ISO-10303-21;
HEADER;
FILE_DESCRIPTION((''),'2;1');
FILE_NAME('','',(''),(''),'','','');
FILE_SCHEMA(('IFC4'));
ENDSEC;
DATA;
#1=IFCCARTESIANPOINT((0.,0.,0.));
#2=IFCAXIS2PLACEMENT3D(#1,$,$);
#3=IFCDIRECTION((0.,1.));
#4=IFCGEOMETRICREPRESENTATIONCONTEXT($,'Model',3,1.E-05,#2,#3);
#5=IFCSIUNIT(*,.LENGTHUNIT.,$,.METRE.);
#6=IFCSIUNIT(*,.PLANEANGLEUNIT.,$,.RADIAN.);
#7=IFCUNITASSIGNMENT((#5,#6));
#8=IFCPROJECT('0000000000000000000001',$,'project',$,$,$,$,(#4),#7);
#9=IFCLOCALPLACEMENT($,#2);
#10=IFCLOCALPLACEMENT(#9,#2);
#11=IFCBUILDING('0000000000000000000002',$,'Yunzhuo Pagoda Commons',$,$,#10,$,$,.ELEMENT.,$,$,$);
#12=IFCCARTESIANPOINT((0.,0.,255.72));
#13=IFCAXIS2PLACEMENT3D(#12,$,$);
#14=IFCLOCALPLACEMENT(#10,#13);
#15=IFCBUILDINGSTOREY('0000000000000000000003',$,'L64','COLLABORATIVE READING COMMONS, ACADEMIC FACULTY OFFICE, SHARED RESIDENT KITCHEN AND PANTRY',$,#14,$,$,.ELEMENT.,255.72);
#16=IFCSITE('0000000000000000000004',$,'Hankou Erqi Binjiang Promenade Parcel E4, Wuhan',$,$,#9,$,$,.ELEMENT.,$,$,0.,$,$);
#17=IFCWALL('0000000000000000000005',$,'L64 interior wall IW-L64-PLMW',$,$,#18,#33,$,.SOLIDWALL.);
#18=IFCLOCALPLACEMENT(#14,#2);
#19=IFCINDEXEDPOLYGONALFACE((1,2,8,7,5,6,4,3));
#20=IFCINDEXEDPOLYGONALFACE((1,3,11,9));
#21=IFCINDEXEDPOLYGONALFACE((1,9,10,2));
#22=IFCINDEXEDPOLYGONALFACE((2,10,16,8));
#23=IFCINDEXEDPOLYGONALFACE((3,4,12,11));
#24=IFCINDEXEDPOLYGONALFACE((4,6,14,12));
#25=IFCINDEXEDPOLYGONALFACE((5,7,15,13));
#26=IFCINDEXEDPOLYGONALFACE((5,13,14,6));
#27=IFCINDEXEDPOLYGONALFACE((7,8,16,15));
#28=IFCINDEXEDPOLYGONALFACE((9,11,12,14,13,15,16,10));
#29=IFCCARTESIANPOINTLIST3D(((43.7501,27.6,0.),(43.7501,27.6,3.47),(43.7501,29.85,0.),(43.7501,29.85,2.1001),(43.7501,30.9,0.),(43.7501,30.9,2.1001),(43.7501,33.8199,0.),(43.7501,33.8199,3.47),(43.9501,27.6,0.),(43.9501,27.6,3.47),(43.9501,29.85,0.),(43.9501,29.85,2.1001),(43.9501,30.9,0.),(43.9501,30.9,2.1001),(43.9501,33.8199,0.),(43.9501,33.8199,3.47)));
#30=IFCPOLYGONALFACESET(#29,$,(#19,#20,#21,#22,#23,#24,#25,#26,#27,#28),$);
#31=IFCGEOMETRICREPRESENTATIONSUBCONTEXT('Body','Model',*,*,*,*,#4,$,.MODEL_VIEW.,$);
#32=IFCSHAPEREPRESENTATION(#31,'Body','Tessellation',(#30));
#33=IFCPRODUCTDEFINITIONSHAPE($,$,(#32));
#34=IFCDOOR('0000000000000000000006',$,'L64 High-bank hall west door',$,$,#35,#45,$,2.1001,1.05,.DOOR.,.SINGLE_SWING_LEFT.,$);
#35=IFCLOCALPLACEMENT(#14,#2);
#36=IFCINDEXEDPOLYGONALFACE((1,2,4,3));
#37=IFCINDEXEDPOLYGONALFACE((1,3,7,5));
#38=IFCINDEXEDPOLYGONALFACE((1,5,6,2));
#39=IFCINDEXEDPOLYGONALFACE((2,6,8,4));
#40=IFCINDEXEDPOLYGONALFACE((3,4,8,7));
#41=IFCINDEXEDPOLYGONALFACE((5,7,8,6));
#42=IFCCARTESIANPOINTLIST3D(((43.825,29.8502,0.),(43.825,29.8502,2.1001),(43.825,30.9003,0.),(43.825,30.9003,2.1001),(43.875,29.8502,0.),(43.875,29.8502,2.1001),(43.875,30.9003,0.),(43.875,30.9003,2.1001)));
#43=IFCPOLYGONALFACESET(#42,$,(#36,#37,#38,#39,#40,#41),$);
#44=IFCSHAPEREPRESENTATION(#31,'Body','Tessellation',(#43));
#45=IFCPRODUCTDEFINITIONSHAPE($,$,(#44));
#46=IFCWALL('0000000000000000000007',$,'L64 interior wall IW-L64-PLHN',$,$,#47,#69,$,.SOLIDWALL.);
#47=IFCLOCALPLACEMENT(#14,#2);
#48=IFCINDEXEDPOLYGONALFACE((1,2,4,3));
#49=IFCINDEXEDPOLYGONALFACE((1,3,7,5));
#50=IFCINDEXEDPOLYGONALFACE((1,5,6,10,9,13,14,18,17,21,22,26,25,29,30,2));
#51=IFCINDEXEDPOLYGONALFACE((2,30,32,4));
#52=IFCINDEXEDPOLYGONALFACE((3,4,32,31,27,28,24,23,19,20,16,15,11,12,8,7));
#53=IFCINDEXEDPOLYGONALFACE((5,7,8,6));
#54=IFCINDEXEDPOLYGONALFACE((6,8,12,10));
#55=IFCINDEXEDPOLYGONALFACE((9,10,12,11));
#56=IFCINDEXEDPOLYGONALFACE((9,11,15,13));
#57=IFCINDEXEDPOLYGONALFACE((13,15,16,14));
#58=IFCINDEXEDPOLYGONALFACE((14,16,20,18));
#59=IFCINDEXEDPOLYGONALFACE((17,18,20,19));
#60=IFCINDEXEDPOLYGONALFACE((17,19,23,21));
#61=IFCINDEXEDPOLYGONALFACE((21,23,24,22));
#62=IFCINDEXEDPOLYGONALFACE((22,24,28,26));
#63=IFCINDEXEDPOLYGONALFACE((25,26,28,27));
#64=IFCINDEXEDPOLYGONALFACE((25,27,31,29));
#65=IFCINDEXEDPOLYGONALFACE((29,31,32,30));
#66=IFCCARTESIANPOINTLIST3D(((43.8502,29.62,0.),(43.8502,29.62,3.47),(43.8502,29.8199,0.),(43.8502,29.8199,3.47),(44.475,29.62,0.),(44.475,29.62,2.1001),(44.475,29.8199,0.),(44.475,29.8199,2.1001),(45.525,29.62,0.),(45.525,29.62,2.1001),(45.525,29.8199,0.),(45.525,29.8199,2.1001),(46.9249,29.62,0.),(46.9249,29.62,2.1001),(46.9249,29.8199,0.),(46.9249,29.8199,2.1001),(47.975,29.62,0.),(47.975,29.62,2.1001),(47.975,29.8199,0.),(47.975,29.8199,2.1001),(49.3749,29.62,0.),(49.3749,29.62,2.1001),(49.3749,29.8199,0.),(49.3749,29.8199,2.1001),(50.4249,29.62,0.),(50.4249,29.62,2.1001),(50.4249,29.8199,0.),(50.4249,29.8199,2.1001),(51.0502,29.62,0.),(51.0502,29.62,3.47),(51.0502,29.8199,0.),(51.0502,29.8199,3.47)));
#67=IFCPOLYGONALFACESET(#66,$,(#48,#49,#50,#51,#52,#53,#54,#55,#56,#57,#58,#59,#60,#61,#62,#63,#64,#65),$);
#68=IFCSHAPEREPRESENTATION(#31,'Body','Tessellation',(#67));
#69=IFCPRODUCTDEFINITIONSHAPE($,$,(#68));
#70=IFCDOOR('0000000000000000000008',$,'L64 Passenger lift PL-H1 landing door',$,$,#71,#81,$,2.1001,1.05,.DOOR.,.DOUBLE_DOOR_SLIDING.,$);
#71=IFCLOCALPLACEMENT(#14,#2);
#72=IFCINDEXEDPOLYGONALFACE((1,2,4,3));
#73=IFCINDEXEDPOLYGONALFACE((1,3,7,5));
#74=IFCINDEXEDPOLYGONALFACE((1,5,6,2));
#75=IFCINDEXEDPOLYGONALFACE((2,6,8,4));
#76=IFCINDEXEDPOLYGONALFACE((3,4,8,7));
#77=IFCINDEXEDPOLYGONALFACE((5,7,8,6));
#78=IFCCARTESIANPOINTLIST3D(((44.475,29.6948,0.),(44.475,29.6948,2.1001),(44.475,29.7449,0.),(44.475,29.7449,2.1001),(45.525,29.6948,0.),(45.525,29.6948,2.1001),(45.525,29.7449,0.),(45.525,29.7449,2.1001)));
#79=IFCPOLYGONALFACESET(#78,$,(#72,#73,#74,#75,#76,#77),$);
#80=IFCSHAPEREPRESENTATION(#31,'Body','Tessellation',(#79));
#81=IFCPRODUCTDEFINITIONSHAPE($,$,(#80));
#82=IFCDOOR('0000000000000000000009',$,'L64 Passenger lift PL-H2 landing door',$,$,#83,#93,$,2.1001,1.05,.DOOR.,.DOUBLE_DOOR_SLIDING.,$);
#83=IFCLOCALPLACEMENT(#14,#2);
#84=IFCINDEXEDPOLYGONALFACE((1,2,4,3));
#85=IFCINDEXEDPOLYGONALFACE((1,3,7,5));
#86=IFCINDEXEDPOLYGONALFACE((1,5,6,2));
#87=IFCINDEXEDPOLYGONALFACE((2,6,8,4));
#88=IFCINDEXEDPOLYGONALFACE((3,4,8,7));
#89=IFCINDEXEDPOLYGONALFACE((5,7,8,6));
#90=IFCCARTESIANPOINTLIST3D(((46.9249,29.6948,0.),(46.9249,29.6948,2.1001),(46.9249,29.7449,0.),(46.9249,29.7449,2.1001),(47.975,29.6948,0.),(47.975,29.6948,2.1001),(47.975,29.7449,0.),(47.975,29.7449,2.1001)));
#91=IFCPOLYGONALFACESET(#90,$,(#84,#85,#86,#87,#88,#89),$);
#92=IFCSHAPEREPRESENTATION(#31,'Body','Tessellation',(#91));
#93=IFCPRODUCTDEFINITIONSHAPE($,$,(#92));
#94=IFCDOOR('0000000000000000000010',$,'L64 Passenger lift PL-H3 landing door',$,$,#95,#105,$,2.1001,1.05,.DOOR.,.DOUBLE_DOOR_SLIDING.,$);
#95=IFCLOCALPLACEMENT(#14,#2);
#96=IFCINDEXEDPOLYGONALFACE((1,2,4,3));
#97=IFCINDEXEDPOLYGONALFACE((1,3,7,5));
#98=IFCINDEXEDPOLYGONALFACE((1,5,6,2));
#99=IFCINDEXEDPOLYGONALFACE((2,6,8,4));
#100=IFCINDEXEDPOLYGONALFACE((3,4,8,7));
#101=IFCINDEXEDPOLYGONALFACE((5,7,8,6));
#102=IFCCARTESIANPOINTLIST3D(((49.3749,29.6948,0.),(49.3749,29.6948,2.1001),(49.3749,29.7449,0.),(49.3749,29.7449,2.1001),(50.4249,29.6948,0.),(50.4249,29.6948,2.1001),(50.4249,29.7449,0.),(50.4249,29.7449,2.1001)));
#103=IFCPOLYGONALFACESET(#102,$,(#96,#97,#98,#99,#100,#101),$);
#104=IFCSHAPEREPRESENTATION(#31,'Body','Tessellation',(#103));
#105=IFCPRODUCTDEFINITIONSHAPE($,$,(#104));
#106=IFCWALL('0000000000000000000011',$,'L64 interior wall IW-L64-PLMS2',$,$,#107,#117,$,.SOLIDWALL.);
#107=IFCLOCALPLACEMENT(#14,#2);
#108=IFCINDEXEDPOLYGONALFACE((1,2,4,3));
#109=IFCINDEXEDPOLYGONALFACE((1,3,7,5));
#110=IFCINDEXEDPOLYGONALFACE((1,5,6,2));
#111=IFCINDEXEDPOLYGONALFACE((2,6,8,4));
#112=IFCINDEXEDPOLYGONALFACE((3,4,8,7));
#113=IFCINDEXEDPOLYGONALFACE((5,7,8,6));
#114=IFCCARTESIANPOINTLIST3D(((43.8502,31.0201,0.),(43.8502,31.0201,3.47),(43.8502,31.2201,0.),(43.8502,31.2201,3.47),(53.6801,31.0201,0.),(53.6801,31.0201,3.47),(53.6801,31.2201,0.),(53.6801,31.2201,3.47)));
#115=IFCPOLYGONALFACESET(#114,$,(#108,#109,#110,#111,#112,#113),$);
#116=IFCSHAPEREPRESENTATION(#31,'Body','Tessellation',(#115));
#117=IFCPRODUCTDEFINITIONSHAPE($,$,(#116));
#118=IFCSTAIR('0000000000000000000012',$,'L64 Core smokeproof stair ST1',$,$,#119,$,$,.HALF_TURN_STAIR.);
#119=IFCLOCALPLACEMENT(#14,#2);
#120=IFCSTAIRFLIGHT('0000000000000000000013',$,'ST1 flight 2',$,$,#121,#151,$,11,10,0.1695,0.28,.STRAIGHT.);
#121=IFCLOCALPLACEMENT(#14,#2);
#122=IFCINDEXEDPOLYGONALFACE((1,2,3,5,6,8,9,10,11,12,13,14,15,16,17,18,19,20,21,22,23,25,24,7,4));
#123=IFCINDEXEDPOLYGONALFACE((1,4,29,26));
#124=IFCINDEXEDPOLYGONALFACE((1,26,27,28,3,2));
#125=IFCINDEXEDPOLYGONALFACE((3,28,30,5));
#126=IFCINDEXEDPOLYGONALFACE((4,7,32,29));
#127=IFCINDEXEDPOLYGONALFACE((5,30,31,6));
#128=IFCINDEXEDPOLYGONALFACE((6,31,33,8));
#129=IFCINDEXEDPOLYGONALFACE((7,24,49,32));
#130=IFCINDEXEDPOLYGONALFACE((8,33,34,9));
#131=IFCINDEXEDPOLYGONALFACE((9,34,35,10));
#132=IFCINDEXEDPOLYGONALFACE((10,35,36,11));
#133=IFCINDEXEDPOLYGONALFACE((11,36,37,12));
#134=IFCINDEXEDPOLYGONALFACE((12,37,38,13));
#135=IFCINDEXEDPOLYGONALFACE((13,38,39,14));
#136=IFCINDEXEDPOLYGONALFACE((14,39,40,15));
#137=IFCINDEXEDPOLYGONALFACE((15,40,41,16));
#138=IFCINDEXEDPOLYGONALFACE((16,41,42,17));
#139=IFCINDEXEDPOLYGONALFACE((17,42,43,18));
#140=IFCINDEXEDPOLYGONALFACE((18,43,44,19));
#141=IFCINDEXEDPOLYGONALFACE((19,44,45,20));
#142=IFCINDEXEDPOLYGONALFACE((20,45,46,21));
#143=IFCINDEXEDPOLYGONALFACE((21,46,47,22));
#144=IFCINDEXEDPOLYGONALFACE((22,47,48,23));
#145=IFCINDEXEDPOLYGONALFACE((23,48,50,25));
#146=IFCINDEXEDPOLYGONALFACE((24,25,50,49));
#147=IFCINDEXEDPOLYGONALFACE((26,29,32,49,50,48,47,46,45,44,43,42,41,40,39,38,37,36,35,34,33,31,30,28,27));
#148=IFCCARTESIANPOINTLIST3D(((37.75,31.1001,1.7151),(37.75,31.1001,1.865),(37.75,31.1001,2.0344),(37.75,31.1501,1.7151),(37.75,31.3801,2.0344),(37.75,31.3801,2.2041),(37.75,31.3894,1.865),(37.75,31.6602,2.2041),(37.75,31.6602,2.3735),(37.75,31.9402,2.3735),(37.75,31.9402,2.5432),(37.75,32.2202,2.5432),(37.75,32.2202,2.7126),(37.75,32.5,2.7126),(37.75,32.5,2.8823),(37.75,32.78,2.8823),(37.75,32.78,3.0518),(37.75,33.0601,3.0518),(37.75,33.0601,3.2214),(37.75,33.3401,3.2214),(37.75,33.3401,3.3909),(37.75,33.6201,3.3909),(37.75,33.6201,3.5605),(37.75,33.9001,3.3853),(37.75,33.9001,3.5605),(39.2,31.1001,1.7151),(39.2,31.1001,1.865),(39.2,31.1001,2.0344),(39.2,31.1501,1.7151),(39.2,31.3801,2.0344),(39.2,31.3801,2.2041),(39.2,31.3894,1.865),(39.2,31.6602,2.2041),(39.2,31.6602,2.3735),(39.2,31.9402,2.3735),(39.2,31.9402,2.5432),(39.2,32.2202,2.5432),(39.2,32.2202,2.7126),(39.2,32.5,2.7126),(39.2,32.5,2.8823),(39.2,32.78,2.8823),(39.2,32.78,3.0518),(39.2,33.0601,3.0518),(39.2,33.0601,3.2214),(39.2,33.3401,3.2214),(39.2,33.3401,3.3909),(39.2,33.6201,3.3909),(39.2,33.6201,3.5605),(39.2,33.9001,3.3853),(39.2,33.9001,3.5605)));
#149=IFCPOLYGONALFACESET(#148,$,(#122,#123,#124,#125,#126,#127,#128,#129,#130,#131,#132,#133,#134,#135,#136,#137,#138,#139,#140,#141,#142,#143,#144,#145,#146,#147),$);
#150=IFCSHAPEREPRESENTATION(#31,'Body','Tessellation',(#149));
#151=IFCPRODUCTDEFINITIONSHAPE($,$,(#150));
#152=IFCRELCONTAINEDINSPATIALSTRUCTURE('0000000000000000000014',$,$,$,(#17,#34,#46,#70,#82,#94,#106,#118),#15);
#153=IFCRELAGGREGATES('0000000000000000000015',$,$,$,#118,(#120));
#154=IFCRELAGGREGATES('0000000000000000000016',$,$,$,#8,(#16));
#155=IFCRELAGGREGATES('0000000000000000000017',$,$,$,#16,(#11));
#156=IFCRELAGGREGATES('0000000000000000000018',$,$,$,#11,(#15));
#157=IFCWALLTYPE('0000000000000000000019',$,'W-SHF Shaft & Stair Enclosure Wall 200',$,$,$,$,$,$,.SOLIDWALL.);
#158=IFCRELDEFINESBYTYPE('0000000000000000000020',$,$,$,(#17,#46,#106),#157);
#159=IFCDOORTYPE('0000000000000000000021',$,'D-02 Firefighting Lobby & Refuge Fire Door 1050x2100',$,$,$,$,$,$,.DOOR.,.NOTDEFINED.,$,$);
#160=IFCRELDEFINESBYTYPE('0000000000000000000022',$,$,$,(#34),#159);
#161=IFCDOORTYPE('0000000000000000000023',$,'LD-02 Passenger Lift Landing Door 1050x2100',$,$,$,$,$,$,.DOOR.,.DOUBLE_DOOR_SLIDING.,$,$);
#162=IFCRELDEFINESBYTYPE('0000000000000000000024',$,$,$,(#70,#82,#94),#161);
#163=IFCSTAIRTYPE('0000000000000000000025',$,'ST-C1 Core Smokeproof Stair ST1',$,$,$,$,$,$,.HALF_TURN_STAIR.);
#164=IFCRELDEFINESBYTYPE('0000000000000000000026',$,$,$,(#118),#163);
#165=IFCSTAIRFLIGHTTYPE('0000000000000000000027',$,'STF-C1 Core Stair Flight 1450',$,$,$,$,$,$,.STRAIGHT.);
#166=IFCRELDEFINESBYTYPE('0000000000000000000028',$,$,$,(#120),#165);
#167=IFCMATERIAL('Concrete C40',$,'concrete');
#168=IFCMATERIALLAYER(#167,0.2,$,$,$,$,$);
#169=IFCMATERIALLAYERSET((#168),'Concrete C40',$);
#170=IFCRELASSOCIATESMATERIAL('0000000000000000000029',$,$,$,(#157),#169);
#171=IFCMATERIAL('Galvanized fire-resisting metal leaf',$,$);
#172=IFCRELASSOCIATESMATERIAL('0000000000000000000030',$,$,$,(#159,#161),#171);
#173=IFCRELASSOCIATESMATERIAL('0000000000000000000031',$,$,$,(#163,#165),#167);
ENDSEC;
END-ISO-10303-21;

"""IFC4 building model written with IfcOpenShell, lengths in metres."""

from ifc_helpers import new_model, si_unit, direction, frame, frame_2d, origin, origin_with_axes, place, context, subcontext, project, spatial, polyline, rectangle, outline, extrude, source, transform, mapped, material, layer, layer_set, type_object, element, fill, aggregate, save


model = new_model("IFC4")

# Units and contexts
model_context = context("Model", 3, precision=1e-05, world=origin(), true_north=direction((0.0, 1.0)))
body_context = subcontext(model_context, "Body", "Model", "MODEL_VIEW")
ifc_project = project(units=[si_unit("LENGTHUNIT", "METRE"), si_unit("PLANEANGLEUNIT", "RADIAN")], contexts=[model_context])

# Site, building, storey
site_placement = place(None, origin())
site = spatial("IfcSite", under=ifc_project, at=site_placement, Name="Hankou Erqi Binjiang Promenade Parcel E4, Wuhan", CompositionType="ELEMENT", RefElevation=0.0)
building_placement = place(site_placement, origin())
building = spatial("IfcBuilding", under=site, at=building_placement, Name="Yunzhuo Pagoda Commons", CompositionType="ELEMENT")
storey_placement = place(building_placement, frame((0.0, 0.0, 255.72)))
storey = spatial("IfcBuildingStorey", under=building, at=storey_placement, Name="L64", Description="COLLABORATIVE READING COMMONS, ACADEMIC FACULTY OFFICE, SHARED RESIDENT KITCHEN AND PANTRY", CompositionType="ELEMENT", Elevation=255.72)

# Shared definitions
ifc_material_1 = material(Name="Galvanized fire-resisting metal leaf")

# Wall, opening, door
ifc_material_2 = material(Name="Concrete C40", Category="concrete")
ifc_layer_1 = layer(ifc_material_2, 0.2)
ifc_layer_set_1 = layer_set([ifc_layer_1], Name="Concrete C40")
wall_type_1 = type_object("IfcWallType", Name="W-SHF Shaft & Stair Enclosure Wall 200", PredefinedType="SOLIDWALL", material=ifc_layer_set_1)
wall_1_placement = place(storey_placement, frame((43.8501, 27.6001, 0.0), z_axis=(0.0, 0.0, 1.0), x_axis=(0.0, 1.0, 0.0)))
wall_1 = element("IfcWall", 1, at=wall_1_placement, inside=storey, type_object=wall_type_1, Name="L64 interior wall IW-L64-PLMW", PredefinedType="SOLIDWALL", context=body_context, shape_type="SweptSolid", body=[
    extrude(rectangle(XDim=6.22, YDim=0.2, at=frame_2d((3.1099, 0.0))), origin(), (0.0, 0.0, 1.0), 3.47),
])
opening_1_placement = place(wall_1_placement, frame((2.25, 0.0, 0.0)))
opening_1 = element("IfcOpeningElement", 2, at=opening_1_placement, cuts=wall_1, PredefinedType="OPENING", context=body_context, shape_type="SweptSolid", body=[
    extrude(rectangle(XDim=1.05, YDim=2.1001, at=frame_2d((0.5249, 1.05))), frame((0.0, 0.1099, 0.0), z_axis=(0.0, -1.0, 0.0), x_axis=(1.0, 0.0, 0.0)), (0.0, 0.0, 1.0), 0.22),
])
door_type_1 = type_object("IfcDoorType", Name="D-02 Firefighting Lobby & Refuge Fire Door 1050x2100", OperationType="NOTDEFINED", PredefinedType="DOOR", material=ifc_material_1)
shared_shape_1 = source(origin(), body_context, "Body", "SweptSolid", [
    extrude(rectangle(XDim=1.05, YDim=2.1001, at=frame_2d((0.5249, 1.05))), frame((0.0, 0.0249, 0.0), z_axis=(0.0, -1.0, 0.0), x_axis=(1.0, 0.0, 0.0)), (0.0, 0.0, 1.0), 0.05),
])
door_1_placement = place(opening_1_placement, frame((1.05, 0.0, 0.0), z_axis=(0.0, 0.0, 1.0), x_axis=(-1.0, 0.0, 0.0)))
door_1 = element("IfcDoor", 3, at=door_1_placement, inside=storey, type_object=door_type_1, Name="L64 High-bank hall west door", OperationType="SINGLE_SWING_LEFT", OverallHeight=2.1001, OverallWidth=1.05, PredefinedType="DOOR", context=body_context, shape_type="MappedRepresentation", body=[
    mapped(shared_shape_1, transform((0.0, 0.0, 0.0), scale=1.0)),
])
fill(opening_1, door_1)

# Wall, openings, doors
wall_2_placement = place(storey_placement, frame((43.8501, 29.72, 0.0), z_axis=(0.0, 0.0, 1.0), x_axis=(1.0, 0.0, 0.0)))
wall_2 = element("IfcWall", 4, at=wall_2_placement, inside=storey, type_object=wall_type_1, Name="L64 interior wall IW-L64-PLHN", PredefinedType="SOLIDWALL", context=body_context, shape_type="SweptSolid", body=[
    extrude(rectangle(XDim=7.2, YDim=0.2, at=frame_2d((3.6001, 0.0))), origin(), (0.0, 0.0, 1.0), 3.47),
])
opening_2_placement = place(wall_2_placement, frame((0.625, 0.0, 0.0)))
opening_2 = element("IfcOpeningElement", 5, at=opening_2_placement, cuts=wall_2, PredefinedType="OPENING", context=body_context, shape_type="SweptSolid", body=[
    extrude(rectangle(XDim=1.05, YDim=2.1001, at=frame_2d((0.5249, 1.05))), frame((0.0, 0.1099, 0.0), z_axis=(0.0, -1.0, 0.0), x_axis=(1.0, 0.0, 0.0)), (0.0, 0.0, 1.0), 0.22),
])
opening_3_placement = place(wall_2_placement, frame((3.075, 0.0, 0.0)))
opening_3 = element("IfcOpeningElement", 6, at=opening_3_placement, cuts=wall_2, PredefinedType="OPENING", context=body_context, shape_type="SweptSolid", body=[
    extrude(rectangle(XDim=1.05, YDim=2.1001, at=frame_2d((0.5249, 1.05))), frame((0.0, 0.1099, 0.0), z_axis=(0.0, -1.0, 0.0), x_axis=(1.0, 0.0, 0.0)), (0.0, 0.0, 1.0), 0.22),
])
opening_4_placement = place(wall_2_placement, frame((5.5249, 0.0, 0.0)))
opening_4 = element("IfcOpeningElement", 7, at=opening_4_placement, cuts=wall_2, PredefinedType="OPENING", context=body_context, shape_type="SweptSolid", body=[
    extrude(rectangle(XDim=1.05, YDim=2.1001, at=frame_2d((0.5249, 1.05))), frame((0.0, 0.1099, 0.0), z_axis=(0.0, -1.0, 0.0), x_axis=(1.0, 0.0, 0.0)), (0.0, 0.0, 1.0), 0.22),
])
door_type_2 = type_object("IfcDoorType", Name="LD-02 Passenger Lift Landing Door 1050x2100", OperationType="DOUBLE_DOOR_SLIDING", PredefinedType="DOOR", material=ifc_material_1)
door_2_placement = place(opening_2_placement, origin_with_axes())
door_2 = element("IfcDoor", 8, at=door_2_placement, inside=storey, type_object=door_type_2, Name="L64 Passenger lift PL-H1 landing door", OperationType="DOUBLE_DOOR_SLIDING", OverallHeight=2.1001, OverallWidth=1.05, PredefinedType="DOOR", context=body_context, shape_type="MappedRepresentation", body=[
    mapped(shared_shape_1, transform((0.0, 0.0, 0.0), scale=1.0)),
])
fill(opening_2, door_2)
door_3_placement = place(opening_3_placement, origin_with_axes())
door_3 = element("IfcDoor", 9, at=door_3_placement, inside=storey, type_object=door_type_2, Name="L64 Passenger lift PL-H2 landing door", OperationType="DOUBLE_DOOR_SLIDING", OverallHeight=2.1001, OverallWidth=1.05, PredefinedType="DOOR", context=body_context, shape_type="MappedRepresentation", body=[
    mapped(shared_shape_1, transform((0.0, 0.0, 0.0), scale=1.0)),
])
fill(opening_3, door_3)
door_4_placement = place(opening_4_placement, origin_with_axes())
door_4 = element("IfcDoor", 10, at=door_4_placement, inside=storey, type_object=door_type_2, Name="L64 Passenger lift PL-H3 landing door", OperationType="DOUBLE_DOOR_SLIDING", OverallHeight=2.1001, OverallWidth=1.05, PredefinedType="DOOR", context=body_context, shape_type="MappedRepresentation", body=[
    mapped(shared_shape_1, transform((0.0, 0.0, 0.0), scale=1.0)),
])
fill(opening_4, door_4)

# Wall
wall_3_placement = place(storey_placement, frame((43.8501, 31.1201, 0.0), z_axis=(0.0, 0.0, 1.0), x_axis=(1.0, 0.0, 0.0)))
element("IfcWall", 11, at=wall_3_placement, inside=storey, type_object=wall_type_1, Name="L64 interior wall IW-L64-PLMS2", PredefinedType="SOLIDWALL", context=body_context, shape_type="SweptSolid", body=[
    extrude(rectangle(XDim=9.8298, YDim=0.2, at=frame_2d((4.915, 0.0))), origin(), (0.0, 0.0, 1.0), 3.47),
])

# Stair, stair flight
stair_type = type_object("IfcStairType", Name="ST-C1 Core Smokeproof Stair ST1", PredefinedType="HALF_TURN_STAIR", material=ifc_material_2)
stair_placement = place(storey_placement, origin())
stair = element("IfcStair", 12, at=stair_placement, inside=storey, type_object=stair_type, Name="L64 Core smokeproof stair ST1", PredefinedType="HALF_TURN_STAIR")
stair_flight_type = type_object("IfcStairFlightType", Name="STF-C1 Core Stair Flight 1450", PredefinedType="STRAIGHT", material=ifc_material_2)
shared_shape_2 = source(origin(), body_context, "Body", "SweptSolid", [
    extrude(outline(polyline([(0.0, -0.1499), (0.0, 0.0), (0.0, 0.1694), (0.28, 0.1694), (0.28, 0.3391), (0.5601, 0.3391), (0.5601, 0.5085), (0.8401, 0.5085), (0.8401, 0.6782), (1.1201, 0.6782), (1.1201, 0.8477), (1.3999, 0.8477), (1.3999, 1.0173), (1.6799, 1.0173), (1.6799, 1.1868), (1.96, 1.1868), (1.96, 1.3564), (2.24, 1.3564), (2.24, 1.5259), (2.52, 1.5259), (2.52, 1.6956), (2.8, 1.6956), (2.8, 1.865), (2.8, 1.5203), (0.2893, 0.0), (0.05, -0.1499), (0.0, -0.1499)])), frame((0.0, 0.7251, 0.0), z_axis=(0.0, -1.0, 0.0), x_axis=(1.0, 0.0, 0.0)), (0.0, 0.0, 1.0), 1.45),
])
stair_flight_placement = place(storey_placement, frame((38.4751, 31.1001, 1.865), z_axis=(0.0, 0.0, 1.0), x_axis=(0.0, 1.0, 0.0)))
stair_flight = element("IfcStairFlight", 13, at=stair_flight_placement, type_object=stair_flight_type, Name="ST1 flight 2", NumberOfRisers=11, NumberOfTreads=10, PredefinedType="STRAIGHT", RiserHeight=0.1695, TreadLength=0.28, context=body_context, shape_type="MappedRepresentation", body=[
    mapped(shared_shape_2, transform((0.0, 0.0, 0.0), scale=1.0)),
])
aggregate(stair, [stair_flight])

save(model, "model.ifc")
